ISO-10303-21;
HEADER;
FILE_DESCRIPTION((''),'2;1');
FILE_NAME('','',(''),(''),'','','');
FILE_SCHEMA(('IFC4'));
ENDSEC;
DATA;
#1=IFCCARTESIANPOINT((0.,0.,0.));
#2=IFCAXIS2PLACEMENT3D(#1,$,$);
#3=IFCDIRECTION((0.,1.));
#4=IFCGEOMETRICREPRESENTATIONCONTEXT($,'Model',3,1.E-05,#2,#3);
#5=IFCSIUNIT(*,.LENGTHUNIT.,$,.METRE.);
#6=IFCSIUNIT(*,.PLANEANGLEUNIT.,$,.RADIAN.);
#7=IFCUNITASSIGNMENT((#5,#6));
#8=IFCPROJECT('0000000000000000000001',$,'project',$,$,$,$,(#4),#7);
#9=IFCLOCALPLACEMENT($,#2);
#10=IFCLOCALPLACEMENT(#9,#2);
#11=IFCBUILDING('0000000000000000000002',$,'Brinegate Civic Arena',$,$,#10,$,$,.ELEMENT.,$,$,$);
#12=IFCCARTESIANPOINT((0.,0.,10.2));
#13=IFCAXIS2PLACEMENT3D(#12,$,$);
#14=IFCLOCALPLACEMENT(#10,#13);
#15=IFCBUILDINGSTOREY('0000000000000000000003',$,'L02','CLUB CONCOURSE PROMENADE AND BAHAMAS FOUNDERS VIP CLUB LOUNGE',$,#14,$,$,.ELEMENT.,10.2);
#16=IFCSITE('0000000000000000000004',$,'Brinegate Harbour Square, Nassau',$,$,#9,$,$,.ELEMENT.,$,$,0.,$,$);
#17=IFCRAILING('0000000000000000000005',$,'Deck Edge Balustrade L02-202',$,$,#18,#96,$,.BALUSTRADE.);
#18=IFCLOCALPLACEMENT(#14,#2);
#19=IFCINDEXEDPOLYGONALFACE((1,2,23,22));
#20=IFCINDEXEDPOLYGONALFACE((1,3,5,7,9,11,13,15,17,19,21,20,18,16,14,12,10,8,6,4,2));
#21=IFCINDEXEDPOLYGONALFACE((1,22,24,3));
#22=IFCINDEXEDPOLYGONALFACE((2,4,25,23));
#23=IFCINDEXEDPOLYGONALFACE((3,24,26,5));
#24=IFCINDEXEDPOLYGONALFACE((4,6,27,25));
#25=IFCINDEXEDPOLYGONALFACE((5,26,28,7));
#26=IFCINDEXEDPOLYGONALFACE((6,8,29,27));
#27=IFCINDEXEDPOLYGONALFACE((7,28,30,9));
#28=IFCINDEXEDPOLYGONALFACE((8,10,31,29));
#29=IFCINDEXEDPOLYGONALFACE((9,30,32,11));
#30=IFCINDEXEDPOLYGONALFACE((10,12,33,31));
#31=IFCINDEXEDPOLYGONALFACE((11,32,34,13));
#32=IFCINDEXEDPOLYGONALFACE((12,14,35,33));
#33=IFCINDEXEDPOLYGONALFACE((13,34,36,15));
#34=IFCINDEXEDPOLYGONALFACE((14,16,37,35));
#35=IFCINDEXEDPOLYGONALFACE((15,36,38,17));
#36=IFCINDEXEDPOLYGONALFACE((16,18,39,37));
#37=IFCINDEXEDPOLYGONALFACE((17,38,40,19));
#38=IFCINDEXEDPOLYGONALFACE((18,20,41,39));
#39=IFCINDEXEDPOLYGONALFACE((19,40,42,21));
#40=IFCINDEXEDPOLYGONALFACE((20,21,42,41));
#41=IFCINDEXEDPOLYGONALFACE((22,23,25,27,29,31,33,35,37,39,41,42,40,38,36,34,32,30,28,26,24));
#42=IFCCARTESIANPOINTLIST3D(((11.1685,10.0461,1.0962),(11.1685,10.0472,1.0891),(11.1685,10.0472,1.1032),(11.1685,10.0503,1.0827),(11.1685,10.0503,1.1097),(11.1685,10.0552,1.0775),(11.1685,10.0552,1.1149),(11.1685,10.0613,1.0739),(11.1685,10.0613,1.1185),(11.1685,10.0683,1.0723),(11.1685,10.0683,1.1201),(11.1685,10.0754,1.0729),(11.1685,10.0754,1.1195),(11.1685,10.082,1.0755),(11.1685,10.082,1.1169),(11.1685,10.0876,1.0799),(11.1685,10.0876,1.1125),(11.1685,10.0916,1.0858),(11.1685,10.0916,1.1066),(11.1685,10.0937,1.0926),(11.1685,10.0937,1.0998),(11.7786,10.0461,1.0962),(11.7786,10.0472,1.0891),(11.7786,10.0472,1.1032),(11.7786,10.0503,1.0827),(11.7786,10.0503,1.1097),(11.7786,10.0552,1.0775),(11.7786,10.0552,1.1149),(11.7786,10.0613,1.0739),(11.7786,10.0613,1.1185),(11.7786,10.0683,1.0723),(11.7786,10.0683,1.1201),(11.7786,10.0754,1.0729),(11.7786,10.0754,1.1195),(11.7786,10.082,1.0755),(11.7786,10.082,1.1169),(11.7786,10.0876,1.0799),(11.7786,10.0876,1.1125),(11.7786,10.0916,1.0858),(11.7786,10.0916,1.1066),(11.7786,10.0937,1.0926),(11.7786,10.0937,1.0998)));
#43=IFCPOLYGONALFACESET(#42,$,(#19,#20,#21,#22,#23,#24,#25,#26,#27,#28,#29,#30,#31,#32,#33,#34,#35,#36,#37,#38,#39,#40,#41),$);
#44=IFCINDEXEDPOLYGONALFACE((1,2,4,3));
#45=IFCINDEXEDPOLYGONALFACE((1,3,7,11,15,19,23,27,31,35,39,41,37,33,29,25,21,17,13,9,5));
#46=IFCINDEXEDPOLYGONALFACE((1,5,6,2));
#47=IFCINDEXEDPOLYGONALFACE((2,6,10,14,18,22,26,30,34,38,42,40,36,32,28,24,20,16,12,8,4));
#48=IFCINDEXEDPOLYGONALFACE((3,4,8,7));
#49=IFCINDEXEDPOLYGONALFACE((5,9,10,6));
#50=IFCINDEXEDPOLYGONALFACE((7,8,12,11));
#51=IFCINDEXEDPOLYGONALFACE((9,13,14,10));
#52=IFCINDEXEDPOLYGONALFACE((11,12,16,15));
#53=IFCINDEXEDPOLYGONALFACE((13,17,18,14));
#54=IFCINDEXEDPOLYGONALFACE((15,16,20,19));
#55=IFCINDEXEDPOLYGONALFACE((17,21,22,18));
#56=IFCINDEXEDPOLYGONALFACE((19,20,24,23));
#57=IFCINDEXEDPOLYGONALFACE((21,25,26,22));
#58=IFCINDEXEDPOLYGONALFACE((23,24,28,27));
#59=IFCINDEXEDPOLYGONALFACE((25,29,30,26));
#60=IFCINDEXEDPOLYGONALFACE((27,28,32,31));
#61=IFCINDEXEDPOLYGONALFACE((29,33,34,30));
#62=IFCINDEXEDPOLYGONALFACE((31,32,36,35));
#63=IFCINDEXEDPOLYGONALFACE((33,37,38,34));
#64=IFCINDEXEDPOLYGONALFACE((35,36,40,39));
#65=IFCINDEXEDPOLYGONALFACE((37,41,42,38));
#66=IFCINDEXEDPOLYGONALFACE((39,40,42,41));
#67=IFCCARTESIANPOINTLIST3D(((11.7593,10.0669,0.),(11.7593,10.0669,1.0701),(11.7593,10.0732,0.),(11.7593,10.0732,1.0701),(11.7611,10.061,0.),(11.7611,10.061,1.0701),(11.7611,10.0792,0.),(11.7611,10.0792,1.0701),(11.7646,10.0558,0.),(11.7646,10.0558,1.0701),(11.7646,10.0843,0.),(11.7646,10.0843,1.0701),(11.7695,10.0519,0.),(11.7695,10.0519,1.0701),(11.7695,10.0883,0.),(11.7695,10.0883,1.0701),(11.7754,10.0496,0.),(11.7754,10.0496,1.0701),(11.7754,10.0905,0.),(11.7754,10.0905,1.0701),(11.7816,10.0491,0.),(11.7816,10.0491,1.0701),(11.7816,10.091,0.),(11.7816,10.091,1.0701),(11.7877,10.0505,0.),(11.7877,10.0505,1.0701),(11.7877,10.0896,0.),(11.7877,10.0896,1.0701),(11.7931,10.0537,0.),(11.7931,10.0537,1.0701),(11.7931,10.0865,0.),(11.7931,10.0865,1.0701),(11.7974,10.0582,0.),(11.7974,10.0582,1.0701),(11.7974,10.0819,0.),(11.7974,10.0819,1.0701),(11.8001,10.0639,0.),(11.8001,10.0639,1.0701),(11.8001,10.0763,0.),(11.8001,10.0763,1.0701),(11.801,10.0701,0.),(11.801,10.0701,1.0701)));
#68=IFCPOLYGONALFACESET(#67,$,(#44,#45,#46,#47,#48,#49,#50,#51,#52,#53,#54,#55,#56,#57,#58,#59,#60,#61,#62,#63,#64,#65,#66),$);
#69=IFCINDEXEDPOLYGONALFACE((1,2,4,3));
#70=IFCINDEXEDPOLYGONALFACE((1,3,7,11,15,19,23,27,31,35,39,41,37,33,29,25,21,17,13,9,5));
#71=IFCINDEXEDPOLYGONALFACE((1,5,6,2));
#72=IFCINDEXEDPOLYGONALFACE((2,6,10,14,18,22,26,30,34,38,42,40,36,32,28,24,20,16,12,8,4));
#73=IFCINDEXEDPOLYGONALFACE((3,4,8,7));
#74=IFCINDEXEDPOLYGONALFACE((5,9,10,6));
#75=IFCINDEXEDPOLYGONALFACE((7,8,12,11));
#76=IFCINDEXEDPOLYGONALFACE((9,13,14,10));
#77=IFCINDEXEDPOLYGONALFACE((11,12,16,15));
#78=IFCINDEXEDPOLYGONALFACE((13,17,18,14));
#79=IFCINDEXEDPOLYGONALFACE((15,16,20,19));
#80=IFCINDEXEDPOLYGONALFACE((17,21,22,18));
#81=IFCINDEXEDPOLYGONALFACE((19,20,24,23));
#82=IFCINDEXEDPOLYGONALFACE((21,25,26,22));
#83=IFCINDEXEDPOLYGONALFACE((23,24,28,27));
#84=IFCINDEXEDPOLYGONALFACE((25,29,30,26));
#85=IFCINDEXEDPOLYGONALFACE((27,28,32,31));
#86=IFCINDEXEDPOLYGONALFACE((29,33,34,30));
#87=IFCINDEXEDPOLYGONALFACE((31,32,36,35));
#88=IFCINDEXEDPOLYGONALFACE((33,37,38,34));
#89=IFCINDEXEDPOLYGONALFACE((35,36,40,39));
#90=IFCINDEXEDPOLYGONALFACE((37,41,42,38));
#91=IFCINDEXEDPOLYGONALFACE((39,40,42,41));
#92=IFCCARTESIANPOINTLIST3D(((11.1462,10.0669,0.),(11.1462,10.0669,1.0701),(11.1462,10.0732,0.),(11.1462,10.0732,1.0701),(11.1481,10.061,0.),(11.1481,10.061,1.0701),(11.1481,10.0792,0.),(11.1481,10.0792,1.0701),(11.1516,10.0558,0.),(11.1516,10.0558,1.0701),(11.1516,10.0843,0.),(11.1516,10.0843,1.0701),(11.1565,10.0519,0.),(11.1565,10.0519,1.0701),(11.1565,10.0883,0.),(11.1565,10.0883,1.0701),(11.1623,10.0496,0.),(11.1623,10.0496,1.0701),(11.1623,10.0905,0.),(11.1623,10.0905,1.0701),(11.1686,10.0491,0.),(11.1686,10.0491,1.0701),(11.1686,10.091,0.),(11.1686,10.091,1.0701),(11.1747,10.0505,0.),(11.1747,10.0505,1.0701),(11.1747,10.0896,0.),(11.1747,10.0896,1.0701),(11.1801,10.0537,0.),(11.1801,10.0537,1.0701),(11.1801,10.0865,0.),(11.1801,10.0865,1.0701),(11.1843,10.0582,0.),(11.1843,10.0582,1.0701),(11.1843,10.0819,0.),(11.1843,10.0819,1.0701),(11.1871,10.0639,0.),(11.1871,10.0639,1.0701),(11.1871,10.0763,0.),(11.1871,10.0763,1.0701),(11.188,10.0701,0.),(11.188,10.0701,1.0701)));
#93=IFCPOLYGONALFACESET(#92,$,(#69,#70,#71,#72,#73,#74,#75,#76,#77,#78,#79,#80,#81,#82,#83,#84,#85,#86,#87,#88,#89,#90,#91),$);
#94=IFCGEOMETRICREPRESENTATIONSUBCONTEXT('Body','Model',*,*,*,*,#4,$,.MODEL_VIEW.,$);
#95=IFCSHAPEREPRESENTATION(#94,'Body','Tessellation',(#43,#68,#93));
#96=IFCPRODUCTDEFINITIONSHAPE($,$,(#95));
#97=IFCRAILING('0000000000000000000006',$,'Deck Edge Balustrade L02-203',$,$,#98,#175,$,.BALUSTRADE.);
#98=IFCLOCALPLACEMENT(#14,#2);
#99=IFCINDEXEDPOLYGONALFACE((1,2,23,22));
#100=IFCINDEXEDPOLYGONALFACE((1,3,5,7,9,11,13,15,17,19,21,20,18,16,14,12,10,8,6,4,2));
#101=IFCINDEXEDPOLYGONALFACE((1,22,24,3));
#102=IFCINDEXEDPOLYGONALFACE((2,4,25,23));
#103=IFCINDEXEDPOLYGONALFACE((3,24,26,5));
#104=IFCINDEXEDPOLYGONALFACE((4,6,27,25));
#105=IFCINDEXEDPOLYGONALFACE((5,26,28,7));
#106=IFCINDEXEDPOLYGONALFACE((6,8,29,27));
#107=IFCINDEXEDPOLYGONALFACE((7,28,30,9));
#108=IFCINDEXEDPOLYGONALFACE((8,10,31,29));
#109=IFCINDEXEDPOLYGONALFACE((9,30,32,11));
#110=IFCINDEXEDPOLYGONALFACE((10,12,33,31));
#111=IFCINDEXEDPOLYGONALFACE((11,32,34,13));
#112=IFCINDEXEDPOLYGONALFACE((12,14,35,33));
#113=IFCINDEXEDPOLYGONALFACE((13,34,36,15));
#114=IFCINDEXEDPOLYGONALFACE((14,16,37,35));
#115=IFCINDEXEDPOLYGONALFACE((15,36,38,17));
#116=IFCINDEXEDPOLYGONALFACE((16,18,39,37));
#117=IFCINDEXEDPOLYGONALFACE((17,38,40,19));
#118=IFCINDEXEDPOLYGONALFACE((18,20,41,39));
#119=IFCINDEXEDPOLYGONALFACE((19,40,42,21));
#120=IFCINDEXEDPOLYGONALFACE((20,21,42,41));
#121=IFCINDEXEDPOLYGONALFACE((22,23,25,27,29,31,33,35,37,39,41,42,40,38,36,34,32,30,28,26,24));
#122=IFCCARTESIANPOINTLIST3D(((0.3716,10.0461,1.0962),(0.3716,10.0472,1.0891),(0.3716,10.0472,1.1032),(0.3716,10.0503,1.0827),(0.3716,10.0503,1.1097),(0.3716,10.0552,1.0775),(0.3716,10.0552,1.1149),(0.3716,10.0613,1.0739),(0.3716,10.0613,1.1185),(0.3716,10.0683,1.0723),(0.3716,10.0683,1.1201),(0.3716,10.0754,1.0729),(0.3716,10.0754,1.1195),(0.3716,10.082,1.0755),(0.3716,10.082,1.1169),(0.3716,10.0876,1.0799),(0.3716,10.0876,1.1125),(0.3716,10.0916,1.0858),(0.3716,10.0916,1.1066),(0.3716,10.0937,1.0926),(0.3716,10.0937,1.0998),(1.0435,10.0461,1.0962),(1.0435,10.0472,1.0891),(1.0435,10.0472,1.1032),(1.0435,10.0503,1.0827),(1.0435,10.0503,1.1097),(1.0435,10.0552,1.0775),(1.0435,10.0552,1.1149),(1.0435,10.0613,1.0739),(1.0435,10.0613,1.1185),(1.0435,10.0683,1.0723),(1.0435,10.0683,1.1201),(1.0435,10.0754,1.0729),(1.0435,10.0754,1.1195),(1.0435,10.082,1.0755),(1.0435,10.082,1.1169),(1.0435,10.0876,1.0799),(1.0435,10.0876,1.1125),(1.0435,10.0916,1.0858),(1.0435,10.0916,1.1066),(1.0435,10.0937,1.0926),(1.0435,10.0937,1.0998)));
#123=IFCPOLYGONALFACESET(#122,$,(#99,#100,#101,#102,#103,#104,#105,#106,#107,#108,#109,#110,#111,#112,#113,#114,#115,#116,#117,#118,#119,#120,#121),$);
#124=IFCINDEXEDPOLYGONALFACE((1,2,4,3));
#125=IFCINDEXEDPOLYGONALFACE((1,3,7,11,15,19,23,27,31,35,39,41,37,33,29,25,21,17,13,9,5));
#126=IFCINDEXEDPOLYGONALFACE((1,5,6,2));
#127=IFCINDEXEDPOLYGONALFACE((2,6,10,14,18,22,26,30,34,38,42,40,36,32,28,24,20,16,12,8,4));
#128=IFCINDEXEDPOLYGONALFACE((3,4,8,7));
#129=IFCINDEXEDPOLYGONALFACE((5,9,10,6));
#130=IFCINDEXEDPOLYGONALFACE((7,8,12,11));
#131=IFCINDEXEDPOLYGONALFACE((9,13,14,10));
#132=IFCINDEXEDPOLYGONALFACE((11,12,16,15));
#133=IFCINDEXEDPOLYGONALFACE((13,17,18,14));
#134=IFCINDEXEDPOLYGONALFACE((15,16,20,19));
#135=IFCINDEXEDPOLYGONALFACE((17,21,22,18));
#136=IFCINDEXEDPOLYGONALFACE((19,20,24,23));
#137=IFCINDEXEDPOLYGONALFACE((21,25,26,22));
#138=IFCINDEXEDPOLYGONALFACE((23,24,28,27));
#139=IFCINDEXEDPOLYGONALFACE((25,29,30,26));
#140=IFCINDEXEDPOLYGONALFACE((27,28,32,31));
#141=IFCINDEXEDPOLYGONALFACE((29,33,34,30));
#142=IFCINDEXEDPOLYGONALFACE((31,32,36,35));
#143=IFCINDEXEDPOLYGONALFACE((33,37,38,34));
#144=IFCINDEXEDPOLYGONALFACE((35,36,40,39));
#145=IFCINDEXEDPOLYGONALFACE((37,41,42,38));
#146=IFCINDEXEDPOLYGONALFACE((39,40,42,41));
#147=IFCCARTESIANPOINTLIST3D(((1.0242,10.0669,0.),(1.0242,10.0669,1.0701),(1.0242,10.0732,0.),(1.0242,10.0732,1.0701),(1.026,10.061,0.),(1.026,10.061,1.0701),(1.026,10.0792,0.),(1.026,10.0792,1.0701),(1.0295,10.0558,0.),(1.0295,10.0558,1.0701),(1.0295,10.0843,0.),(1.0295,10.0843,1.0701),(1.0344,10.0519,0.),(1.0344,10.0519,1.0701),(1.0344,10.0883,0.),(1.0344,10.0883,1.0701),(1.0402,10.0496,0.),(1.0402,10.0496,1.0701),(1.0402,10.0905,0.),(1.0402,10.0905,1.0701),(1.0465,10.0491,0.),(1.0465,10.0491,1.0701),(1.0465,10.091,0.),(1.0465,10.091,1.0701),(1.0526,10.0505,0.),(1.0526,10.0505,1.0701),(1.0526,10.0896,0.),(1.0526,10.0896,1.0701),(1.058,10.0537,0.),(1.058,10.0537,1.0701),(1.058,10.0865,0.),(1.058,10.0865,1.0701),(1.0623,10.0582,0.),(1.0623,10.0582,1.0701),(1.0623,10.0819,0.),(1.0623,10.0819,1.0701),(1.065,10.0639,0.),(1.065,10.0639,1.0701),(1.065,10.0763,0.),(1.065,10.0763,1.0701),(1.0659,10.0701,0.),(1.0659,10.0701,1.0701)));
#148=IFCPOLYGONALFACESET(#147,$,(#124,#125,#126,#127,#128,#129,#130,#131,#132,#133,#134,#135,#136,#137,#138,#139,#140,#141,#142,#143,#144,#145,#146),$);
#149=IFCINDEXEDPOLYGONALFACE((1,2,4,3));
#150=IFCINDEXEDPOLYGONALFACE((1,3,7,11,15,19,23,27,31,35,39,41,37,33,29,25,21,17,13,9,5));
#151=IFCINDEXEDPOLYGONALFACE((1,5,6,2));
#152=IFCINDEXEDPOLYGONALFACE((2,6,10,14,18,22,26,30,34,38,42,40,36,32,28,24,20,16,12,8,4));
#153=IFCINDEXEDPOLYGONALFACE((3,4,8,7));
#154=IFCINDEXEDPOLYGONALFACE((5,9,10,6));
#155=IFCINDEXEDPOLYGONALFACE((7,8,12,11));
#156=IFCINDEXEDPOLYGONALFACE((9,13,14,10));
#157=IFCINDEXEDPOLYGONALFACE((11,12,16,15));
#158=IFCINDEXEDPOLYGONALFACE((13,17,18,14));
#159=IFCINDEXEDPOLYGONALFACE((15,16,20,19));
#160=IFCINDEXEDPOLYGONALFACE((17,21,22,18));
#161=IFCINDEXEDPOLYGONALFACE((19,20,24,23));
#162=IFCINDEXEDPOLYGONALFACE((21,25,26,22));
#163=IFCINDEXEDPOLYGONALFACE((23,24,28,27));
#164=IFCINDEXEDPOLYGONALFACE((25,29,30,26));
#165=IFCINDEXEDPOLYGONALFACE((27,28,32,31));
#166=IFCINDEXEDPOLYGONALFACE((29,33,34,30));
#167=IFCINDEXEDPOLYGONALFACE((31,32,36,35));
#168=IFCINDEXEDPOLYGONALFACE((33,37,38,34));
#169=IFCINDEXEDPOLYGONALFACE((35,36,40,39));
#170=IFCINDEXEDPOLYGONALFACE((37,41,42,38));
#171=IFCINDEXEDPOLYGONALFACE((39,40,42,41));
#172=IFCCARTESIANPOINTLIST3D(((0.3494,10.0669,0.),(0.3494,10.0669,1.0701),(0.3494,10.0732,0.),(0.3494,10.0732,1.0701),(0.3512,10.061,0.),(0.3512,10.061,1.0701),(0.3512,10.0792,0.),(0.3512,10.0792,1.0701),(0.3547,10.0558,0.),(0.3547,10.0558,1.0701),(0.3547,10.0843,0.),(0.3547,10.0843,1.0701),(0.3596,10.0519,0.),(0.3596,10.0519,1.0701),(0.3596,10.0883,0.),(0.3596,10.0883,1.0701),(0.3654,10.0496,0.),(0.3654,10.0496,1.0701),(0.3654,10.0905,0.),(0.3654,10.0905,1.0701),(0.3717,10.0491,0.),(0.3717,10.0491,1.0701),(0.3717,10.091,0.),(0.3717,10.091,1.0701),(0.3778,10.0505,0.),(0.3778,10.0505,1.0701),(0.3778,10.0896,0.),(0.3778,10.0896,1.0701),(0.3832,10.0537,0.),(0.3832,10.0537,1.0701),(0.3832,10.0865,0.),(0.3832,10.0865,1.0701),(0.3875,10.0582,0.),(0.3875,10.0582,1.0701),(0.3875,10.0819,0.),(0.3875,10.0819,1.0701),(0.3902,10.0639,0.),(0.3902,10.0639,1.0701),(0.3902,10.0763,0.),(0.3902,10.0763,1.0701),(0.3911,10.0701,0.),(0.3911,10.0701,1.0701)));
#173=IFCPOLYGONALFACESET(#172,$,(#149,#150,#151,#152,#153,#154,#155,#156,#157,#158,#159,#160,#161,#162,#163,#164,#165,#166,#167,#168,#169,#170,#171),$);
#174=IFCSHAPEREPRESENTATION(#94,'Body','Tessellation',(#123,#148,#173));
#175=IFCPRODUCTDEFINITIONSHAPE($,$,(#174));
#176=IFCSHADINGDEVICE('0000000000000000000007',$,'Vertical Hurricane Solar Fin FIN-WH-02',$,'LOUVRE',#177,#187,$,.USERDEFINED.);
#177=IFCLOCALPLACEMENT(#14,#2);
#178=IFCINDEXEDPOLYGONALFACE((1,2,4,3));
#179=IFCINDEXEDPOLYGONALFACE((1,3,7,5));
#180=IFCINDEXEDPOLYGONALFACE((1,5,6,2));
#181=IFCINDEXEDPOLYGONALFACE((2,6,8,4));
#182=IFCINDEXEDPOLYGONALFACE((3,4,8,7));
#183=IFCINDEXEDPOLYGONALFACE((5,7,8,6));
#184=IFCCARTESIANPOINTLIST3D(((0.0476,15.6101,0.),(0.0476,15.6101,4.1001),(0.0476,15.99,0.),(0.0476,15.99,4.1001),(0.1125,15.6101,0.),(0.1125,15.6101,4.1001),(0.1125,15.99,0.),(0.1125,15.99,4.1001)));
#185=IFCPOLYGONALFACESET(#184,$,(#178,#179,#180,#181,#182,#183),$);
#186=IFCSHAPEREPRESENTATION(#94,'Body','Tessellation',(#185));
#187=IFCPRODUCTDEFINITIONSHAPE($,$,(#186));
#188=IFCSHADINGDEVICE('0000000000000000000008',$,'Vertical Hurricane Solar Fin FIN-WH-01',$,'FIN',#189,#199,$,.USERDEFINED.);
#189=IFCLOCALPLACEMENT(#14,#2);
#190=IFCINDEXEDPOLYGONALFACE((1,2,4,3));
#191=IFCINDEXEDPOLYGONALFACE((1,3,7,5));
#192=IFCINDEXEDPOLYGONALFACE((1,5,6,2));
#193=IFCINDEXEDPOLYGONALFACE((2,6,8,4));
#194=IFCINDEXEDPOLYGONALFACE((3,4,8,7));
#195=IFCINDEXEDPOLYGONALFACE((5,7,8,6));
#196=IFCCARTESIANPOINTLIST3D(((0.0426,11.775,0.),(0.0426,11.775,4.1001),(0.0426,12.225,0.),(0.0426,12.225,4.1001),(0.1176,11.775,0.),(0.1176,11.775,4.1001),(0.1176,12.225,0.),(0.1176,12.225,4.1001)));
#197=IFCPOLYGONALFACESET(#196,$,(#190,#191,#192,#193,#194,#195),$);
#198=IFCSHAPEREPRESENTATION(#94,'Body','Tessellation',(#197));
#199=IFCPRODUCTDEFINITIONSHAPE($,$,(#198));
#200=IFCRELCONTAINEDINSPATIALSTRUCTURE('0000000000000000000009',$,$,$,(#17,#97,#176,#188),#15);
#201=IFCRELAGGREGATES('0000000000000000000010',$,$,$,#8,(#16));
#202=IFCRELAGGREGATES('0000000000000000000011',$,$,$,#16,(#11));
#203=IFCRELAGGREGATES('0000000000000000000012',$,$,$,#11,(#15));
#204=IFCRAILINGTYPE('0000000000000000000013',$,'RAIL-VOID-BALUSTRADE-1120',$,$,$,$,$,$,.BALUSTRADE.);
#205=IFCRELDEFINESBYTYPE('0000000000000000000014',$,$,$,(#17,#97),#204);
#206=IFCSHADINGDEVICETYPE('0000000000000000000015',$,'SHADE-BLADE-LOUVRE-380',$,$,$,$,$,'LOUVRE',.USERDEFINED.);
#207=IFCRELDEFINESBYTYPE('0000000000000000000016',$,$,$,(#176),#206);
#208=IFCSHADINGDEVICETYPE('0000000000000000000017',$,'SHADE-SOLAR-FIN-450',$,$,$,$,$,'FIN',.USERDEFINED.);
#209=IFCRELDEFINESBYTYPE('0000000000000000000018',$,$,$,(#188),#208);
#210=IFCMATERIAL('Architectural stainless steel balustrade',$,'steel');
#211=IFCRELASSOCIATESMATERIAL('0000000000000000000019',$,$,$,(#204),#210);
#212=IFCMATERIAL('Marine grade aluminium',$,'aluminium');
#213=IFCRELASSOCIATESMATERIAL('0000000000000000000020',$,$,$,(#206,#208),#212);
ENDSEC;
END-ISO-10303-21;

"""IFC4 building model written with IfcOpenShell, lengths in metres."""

from ifc_helpers import new_model, si_unit, direction, frame, origin, origin_2d, place, context, subcontext, project, spatial, rectangle, circle, extrude, material, material_profile, profile_set, type_object, element, save


model = new_model("IFC4")

# Units and contexts
model_context = context("Model", 3, precision=1e-05, world=origin(), true_north=direction((0.0, 1.0)))
body_context = subcontext(model_context, "Body", "Model", "MODEL_VIEW")
ifc_project = project(units=[si_unit("LENGTHUNIT", "METRE"), si_unit("PLANEANGLEUNIT", "RADIAN")], contexts=[model_context])

# Site, building, storey
site_placement = place(None, origin())
site = spatial("IfcSite", under=ifc_project, at=site_placement, Name="Brinegate Harbour Square, Nassau", CompositionType="ELEMENT", RefElevation=0.0)
building_placement = place(site_placement, origin())
building = spatial("IfcBuilding", under=site, at=building_placement, Name="Brinegate Civic Arena", CompositionType="ELEMENT")
storey_placement = place(building_placement, frame((0.0, 0.0, 10.2)))
storey = spatial("IfcBuildingStorey", under=building, at=storey_placement, Name="L02", Description="CLUB CONCOURSE PROMENADE AND BAHAMAS FOUNDERS VIP CLUB LOUNGE", CompositionType="ELEMENT", Elevation=10.2)

# Railings
ifc_material_1 = material(Name="Architectural stainless steel balustrade", Category="steel")
railing_type = type_object("IfcRailingType", Name="RAIL-VOID-BALUSTRADE-1120", PredefinedType="BALUSTRADE", material=ifc_material_1)
railing_1_placement = place(storey_placement, frame((11.78, 10.0701, 0.0)))
element("IfcRailing", 1, at=railing_1_placement, inside=storey, type_object=railing_type, Name="Deck Edge Balustrade L02-202", PredefinedType="BALUSTRADE", context=body_context, shape_type="SweptSolid", body=[
    extrude(circle(Radius=0.0239, at=origin_2d()), frame((-0.0015, 0.0, 1.0962), z_axis=(-1.0, 0.0, 0.0), x_axis=(0.0, -1.0, 0.0)), (0.0, 0.0, 1.0), 0.6101),
    extrude(circle(Radius=0.021, at=origin_2d()), origin(), (0.0, 0.0, 1.0), 1.0701),
    extrude(circle(Radius=0.021, at=origin_2d()), frame((-0.613, 0.0, 0.0)), (0.0, 0.0, 1.0), 1.0701),
])
railing_2_placement = place(storey_placement, frame((1.0449, 10.0701, 0.0)))
element("IfcRailing", 2, at=railing_2_placement, inside=storey, type_object=railing_type, Name="Deck Edge Balustrade L02-203", PredefinedType="BALUSTRADE", context=body_context, shape_type="SweptSolid", body=[
    extrude(circle(Radius=0.0239, at=origin_2d()), frame((-0.0015, 0.0, 1.0962), z_axis=(-1.0, 0.0, 0.0), x_axis=(0.0, -1.0, 0.0)), (0.0, 0.0, 1.0), 0.6719),
    extrude(circle(Radius=0.021, at=origin_2d()), origin(), (0.0, 0.0, 1.0), 1.0701),
    extrude(circle(Radius=0.021, at=origin_2d()), frame((-0.6748, 0.0, 0.0)), (0.0, 0.0, 1.0), 1.0701),
])

# Shading devices
ifc_material_2 = material(Name="Marine grade aluminium", Category="aluminium")
ifc_material_profile_1 = material_profile(ifc_material_2, rectangle(XDim=0.0649, YDim=0.3799, at=origin_2d()), Name="FIN65X380")
ifc_profile_set_1 = profile_set([ifc_material_profile_1], Name="Marine grade aluminium")
shading_device_type_1 = type_object("IfcShadingDeviceType", Name="SHADE-BLADE-LOUVRE-380", ElementType="LOUVRE", PredefinedType="USERDEFINED", material=ifc_profile_set_1)
shading_device_placement = place(storey_placement, frame((0.0801, 15.8, 0.0), z_axis=(0.0, 0.0, 1.0), x_axis=(1.0, 0.0, 0.0)))
element("IfcShadingDevice", 3, at=shading_device_placement, inside=storey, type_object=shading_device_type_1, Name="Vertical Hurricane Solar Fin FIN-WH-02", ObjectType="LOUVRE", PredefinedType="USERDEFINED", context=body_context, shape_type="SweptSolid", body=[
    extrude(rectangle(XDim=0.0649, YDim=0.3799, at=origin_2d()), origin(), (0.0, 0.0, 1.0), 4.1001),
])
ifc_material_profile_2 = material_profile(ifc_material_2, rectangle(XDim=0.075, YDim=0.45, at=origin_2d()), Name="FIN75X450")
ifc_profile_set_2 = profile_set([ifc_material_profile_2], Name="Marine grade aluminium")
shading_device_type_2 = type_object("IfcShadingDeviceType", Name="SHADE-SOLAR-FIN-450", ElementType="FIN", PredefinedType="USERDEFINED", material=ifc_profile_set_2)
for number, where, z_axis, x_axis, name in (
    (4, (0.0801, 12.0, 0.0), (0.0, 0.0, 1.0), (1.0, 0.0, 0.0), "Vertical Hurricane Solar Fin FIN-WH-01"),
):
    element("IfcShadingDevice", number, at=place(storey_placement, frame(where, z_axis=z_axis, x_axis=x_axis)), inside=storey, type_object=shading_device_type_2, Name=name, ObjectType="FIN", PredefinedType="USERDEFINED", context=body_context, shape_type="SweptSolid", body=[
        extrude(rectangle(XDim=0.075, YDim=0.45, at=origin_2d()), origin(), (0.0, 0.0, 1.0), 4.1001),
    ])

save(model, "model.ifc")
